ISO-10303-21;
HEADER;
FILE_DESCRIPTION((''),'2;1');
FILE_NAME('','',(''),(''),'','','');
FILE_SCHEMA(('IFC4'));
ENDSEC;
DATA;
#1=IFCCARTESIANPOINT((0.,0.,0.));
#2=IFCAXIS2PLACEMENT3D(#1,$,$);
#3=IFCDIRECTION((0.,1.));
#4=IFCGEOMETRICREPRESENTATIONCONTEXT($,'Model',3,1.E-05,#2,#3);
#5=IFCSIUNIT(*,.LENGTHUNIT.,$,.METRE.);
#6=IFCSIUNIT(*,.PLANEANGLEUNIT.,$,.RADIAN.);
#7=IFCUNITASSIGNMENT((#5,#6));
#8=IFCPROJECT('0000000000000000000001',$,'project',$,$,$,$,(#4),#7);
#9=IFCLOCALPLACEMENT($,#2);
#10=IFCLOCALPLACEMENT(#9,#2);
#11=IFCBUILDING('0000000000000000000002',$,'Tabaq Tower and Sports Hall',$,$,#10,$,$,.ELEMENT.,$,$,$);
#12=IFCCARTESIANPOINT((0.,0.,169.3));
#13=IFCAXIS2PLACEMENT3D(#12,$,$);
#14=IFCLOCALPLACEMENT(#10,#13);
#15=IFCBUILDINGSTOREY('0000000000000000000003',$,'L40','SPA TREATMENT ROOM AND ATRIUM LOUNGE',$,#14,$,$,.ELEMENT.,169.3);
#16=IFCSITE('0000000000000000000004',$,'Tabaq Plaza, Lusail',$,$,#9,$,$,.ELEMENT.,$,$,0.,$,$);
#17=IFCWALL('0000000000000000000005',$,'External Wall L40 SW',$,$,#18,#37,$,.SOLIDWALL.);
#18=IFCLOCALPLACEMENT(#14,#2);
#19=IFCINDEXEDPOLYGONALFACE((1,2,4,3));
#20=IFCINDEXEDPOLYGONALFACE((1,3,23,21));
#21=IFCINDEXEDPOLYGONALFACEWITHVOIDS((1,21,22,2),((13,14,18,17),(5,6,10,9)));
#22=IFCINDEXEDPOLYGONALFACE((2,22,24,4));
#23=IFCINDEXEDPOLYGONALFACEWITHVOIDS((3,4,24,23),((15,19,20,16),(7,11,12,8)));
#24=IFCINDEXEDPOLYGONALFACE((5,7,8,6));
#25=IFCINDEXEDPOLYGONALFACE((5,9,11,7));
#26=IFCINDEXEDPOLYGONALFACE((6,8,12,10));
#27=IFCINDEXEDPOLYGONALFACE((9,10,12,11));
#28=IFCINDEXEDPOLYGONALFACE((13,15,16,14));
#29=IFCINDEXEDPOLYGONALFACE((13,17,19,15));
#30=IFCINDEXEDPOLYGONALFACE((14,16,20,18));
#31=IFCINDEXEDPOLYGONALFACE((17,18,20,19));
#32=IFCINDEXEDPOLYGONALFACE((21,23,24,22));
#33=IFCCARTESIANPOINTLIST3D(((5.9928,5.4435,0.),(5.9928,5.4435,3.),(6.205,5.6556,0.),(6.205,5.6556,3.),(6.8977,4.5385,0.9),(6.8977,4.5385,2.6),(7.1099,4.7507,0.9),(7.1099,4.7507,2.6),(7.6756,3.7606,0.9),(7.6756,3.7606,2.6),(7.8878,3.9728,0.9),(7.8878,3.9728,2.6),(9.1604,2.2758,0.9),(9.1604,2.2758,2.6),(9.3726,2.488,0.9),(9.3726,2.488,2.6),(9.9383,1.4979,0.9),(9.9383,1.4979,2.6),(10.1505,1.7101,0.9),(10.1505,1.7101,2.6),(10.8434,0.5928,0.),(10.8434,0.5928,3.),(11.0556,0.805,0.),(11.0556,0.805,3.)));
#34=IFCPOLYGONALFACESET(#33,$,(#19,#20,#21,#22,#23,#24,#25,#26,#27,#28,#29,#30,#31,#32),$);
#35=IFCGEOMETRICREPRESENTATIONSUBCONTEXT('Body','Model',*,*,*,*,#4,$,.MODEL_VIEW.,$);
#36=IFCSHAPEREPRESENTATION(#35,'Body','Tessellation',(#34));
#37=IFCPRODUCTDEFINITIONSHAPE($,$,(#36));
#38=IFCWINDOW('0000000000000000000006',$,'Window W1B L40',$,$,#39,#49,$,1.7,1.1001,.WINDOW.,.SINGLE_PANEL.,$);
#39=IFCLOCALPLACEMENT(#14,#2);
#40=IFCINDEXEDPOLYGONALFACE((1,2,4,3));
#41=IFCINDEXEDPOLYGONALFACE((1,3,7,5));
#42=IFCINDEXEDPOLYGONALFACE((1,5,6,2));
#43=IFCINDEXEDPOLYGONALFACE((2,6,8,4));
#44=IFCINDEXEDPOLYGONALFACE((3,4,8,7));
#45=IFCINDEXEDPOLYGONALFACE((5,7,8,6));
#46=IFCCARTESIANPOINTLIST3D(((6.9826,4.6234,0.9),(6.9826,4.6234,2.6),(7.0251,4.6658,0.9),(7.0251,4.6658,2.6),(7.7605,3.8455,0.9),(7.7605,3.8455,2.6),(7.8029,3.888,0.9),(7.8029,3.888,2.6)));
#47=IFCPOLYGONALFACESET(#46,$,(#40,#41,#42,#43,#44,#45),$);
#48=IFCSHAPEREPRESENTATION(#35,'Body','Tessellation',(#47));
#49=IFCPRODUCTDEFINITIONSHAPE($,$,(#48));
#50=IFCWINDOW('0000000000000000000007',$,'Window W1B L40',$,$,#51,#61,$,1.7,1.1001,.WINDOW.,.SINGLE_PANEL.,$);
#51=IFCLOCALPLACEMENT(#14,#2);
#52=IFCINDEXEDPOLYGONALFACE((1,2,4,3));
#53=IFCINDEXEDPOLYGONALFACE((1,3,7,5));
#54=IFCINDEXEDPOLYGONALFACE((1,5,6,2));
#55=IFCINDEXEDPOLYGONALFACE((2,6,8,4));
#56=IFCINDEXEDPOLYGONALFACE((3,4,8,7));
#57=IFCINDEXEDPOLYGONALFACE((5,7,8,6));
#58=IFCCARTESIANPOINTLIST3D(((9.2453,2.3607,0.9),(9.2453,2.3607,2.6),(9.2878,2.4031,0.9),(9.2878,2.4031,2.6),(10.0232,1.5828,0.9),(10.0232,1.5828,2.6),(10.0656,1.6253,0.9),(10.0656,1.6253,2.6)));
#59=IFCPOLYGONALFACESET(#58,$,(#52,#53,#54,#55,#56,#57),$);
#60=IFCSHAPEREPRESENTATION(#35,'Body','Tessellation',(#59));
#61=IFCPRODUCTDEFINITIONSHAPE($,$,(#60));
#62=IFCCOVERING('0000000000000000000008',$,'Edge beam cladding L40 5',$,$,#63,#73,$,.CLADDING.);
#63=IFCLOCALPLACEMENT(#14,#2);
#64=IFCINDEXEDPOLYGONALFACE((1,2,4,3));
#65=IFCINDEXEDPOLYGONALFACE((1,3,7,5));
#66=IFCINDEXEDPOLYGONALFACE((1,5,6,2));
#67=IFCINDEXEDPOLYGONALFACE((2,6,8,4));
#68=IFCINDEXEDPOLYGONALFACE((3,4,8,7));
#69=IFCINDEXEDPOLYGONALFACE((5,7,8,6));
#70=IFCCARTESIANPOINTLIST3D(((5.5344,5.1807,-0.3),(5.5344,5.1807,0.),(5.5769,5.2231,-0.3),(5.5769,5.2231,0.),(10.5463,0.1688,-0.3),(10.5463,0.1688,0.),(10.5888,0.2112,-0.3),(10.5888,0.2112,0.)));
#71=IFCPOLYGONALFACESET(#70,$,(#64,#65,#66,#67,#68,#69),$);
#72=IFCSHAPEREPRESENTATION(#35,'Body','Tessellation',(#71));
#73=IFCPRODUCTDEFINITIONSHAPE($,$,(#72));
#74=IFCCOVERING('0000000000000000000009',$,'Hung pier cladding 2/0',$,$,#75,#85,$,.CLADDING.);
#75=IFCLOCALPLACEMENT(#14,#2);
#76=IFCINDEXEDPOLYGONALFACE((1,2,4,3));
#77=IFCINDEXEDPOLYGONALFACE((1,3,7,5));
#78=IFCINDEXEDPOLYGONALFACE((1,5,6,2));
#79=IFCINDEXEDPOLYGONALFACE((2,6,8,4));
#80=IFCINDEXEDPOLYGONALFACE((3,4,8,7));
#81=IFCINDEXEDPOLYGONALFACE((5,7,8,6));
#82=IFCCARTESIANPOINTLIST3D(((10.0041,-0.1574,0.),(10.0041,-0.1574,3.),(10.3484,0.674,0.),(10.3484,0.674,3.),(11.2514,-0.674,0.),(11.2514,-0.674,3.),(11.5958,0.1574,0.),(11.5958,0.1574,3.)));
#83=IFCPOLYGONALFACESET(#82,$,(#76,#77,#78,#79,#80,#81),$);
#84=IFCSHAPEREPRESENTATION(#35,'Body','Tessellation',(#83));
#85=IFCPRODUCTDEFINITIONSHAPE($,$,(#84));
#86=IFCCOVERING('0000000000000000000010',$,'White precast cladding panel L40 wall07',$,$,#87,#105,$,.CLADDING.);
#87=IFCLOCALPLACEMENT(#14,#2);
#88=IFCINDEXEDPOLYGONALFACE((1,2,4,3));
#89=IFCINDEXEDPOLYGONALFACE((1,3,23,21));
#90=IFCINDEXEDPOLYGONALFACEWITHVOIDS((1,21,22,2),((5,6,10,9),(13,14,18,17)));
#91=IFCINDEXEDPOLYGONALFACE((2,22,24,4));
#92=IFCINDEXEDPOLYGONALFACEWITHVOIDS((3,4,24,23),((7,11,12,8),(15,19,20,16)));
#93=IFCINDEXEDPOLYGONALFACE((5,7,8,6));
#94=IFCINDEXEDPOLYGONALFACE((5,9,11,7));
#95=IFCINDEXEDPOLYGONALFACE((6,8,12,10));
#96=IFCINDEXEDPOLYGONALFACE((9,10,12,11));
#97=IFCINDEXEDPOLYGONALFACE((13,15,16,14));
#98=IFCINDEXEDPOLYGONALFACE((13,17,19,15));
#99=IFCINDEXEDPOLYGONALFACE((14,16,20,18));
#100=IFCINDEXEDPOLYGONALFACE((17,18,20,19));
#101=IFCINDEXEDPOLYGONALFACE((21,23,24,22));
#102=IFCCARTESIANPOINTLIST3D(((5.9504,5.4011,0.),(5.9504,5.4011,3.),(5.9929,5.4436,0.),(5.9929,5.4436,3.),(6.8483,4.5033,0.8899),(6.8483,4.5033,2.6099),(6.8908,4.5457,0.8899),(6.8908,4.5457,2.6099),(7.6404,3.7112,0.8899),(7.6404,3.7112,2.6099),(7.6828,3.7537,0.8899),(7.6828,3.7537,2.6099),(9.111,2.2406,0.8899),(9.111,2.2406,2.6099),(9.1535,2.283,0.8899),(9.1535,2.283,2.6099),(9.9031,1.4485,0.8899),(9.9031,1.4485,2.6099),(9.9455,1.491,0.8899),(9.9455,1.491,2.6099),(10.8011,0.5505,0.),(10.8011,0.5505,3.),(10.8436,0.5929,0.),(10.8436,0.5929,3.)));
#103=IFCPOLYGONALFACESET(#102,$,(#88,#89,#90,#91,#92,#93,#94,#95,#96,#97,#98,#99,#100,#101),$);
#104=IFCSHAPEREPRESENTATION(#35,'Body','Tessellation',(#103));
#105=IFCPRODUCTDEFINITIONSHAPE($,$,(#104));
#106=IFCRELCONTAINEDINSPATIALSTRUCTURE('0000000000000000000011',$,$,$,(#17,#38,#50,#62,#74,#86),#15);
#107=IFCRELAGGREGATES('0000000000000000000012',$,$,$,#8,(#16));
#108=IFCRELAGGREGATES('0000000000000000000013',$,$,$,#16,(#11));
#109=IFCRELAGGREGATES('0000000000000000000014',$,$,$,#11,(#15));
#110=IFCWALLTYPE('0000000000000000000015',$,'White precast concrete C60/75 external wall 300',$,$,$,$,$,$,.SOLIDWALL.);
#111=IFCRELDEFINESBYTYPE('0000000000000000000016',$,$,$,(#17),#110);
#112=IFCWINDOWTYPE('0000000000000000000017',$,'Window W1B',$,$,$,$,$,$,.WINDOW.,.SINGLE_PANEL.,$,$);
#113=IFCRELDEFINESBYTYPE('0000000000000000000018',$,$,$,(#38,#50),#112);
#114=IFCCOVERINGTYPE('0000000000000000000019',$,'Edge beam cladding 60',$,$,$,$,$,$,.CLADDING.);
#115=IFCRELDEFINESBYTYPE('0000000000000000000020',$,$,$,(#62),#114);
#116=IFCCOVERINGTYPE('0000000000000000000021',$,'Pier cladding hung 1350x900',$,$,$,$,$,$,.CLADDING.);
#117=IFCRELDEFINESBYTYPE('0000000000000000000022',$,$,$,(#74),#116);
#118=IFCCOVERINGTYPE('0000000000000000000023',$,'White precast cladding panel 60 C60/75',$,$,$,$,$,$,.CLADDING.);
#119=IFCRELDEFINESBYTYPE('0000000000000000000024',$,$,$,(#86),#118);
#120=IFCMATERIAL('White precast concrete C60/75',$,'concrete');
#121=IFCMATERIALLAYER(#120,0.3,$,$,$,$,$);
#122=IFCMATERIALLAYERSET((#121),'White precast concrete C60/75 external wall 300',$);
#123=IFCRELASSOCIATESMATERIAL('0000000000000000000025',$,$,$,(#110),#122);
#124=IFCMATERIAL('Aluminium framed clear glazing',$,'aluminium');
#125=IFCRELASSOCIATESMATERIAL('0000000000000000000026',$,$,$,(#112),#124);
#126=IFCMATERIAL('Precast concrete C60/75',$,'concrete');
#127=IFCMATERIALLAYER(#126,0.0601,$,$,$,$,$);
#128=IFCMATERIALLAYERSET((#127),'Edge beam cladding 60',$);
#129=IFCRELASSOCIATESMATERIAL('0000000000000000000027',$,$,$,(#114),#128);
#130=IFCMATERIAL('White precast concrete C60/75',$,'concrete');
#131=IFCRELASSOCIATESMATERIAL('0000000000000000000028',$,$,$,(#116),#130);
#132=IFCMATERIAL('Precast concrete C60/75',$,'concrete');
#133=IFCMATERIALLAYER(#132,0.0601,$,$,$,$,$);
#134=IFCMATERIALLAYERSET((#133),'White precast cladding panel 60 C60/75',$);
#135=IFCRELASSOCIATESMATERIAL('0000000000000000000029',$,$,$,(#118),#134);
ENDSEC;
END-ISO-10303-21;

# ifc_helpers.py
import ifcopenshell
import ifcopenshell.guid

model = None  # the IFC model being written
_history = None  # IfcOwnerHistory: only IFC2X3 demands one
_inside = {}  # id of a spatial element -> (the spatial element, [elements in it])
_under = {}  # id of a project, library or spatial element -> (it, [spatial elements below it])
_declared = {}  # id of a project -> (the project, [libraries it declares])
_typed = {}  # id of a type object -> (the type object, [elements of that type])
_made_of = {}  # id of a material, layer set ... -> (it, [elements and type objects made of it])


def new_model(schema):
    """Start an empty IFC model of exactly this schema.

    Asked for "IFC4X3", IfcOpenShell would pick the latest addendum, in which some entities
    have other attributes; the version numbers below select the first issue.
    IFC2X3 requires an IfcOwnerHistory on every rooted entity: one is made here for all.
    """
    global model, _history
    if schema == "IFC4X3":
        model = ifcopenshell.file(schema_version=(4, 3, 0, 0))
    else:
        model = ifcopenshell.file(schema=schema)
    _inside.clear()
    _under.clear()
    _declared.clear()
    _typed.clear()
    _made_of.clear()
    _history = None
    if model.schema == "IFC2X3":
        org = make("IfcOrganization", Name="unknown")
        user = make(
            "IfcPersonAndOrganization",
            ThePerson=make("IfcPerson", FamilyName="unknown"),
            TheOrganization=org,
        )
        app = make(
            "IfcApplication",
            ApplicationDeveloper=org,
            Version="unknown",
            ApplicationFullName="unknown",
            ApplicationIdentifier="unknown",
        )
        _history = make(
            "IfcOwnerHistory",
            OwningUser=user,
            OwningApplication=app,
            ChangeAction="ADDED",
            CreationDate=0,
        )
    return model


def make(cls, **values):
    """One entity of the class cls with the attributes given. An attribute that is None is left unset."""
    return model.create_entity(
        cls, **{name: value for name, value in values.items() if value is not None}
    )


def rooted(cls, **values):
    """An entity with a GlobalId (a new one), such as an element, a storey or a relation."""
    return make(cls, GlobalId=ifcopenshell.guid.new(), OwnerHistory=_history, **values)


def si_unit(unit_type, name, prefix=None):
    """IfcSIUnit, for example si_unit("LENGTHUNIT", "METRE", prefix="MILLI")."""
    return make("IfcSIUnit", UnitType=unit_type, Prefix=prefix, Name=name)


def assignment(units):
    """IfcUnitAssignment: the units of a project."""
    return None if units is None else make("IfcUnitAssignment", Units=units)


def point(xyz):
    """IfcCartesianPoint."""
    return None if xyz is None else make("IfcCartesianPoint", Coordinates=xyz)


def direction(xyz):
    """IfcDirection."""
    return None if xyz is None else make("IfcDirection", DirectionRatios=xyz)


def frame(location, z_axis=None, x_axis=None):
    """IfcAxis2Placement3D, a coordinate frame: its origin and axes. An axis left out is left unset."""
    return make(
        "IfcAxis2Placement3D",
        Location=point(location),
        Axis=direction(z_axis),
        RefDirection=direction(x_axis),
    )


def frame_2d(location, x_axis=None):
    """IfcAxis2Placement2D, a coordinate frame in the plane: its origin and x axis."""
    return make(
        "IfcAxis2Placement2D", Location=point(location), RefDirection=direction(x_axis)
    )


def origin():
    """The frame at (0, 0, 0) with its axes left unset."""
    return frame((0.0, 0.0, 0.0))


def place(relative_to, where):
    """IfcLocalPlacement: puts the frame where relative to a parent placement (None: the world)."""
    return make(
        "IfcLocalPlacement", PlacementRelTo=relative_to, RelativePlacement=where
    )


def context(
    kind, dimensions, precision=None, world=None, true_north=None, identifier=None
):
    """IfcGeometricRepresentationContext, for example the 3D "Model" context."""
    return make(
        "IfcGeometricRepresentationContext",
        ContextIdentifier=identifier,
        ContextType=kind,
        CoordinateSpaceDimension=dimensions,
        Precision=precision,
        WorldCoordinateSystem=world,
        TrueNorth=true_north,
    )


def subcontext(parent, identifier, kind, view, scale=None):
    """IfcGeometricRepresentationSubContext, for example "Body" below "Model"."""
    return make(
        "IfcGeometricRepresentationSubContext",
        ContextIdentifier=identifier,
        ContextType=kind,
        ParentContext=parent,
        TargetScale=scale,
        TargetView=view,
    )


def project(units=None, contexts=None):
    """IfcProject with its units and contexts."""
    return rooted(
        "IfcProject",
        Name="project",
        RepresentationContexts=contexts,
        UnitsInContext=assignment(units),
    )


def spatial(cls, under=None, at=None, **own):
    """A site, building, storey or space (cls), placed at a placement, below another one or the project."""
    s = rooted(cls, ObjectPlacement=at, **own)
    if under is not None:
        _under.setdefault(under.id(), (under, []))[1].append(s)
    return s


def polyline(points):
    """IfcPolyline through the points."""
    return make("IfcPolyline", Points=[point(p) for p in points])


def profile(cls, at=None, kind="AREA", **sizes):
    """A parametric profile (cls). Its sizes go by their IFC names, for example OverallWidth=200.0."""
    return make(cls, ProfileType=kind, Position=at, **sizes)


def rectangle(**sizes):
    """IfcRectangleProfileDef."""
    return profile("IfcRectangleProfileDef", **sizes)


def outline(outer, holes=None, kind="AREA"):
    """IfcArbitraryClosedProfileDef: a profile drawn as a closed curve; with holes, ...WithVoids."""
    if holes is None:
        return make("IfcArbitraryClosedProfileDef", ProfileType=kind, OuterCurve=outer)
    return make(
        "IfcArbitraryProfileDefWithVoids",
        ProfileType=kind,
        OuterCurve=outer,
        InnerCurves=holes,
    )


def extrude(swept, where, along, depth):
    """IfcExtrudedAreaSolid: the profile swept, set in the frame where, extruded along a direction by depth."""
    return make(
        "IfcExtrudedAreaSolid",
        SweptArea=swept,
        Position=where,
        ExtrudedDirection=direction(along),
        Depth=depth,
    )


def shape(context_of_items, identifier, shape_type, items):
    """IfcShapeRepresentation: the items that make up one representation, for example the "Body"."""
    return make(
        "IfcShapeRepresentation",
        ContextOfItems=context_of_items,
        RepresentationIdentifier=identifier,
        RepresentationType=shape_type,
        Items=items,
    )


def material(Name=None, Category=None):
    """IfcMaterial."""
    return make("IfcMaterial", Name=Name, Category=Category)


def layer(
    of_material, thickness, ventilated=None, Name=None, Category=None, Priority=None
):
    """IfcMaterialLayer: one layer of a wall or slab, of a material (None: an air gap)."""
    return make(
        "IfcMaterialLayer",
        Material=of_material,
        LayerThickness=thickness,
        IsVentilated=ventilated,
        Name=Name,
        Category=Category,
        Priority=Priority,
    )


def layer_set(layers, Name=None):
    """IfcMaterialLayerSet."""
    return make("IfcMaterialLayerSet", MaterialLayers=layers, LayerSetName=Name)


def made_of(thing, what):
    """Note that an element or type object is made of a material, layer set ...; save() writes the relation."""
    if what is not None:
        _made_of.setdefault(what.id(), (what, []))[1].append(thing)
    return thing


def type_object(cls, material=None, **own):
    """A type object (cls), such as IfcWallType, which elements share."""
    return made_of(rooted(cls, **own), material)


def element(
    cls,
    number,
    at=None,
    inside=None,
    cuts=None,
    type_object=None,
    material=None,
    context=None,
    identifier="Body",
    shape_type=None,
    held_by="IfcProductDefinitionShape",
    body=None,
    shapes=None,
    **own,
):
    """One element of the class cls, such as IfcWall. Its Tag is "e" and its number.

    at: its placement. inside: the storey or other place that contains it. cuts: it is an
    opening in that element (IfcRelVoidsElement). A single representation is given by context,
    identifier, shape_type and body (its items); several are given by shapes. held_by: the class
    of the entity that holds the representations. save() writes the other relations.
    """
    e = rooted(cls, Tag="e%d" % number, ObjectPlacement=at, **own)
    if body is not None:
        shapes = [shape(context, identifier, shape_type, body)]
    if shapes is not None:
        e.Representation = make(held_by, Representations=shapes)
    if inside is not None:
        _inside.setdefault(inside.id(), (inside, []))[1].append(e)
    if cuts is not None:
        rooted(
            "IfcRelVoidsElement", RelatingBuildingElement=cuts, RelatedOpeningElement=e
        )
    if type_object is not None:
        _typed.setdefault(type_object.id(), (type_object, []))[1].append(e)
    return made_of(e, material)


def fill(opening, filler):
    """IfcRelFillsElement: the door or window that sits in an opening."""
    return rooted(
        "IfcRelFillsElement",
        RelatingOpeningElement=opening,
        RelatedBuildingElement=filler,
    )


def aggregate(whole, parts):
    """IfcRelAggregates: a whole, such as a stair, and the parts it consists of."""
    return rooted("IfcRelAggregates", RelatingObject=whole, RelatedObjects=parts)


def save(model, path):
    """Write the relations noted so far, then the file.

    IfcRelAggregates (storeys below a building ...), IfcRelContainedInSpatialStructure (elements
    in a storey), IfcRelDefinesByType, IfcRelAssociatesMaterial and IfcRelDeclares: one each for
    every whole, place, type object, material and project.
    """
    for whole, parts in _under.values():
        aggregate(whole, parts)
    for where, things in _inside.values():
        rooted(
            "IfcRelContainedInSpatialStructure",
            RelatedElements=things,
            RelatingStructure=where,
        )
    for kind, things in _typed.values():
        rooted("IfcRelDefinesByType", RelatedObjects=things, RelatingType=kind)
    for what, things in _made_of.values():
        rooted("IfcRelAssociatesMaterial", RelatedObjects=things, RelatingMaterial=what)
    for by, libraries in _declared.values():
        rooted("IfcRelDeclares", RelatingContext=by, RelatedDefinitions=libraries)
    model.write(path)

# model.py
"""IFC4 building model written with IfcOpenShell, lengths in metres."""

from ifc_helpers import new_model, si_unit, direction, frame, frame_2d, origin, place, context, subcontext, project, spatial, polyline, rectangle, outline, extrude, material, layer, layer_set, type_object, element, fill, save


model = new_model("IFC4")

# Units and contexts
model_context = context("Model", 3, precision=1e-05, world=origin(), true_north=direction((0.0, 1.0)))
body_context = subcontext(model_context, "Body", "Model", "MODEL_VIEW")
ifc_project = project(units=[si_unit("LENGTHUNIT", "METRE"), si_unit("PLANEANGLEUNIT", "RADIAN")], contexts=[model_context])

# Site, building, storey
site_placement = place(None, origin())
site = spatial("IfcSite", under=ifc_project, at=site_placement, Name="Tabaq Plaza, Lusail", CompositionType="ELEMENT", RefElevation=0.0)
building_placement = place(site_placement, origin())
building = spatial("IfcBuilding", under=site, at=building_placement, Name="Tabaq Tower and Sports Hall", CompositionType="ELEMENT")
storey_placement = place(building_placement, frame((0.0, 0.0, 169.3)))
storey = spatial("IfcBuildingStorey", under=building, at=storey_placement, Name="L40", Description="SPA TREATMENT ROOM AND ATRIUM LOUNGE", CompositionType="ELEMENT", Elevation=169.3)

# Wall, openings, windows
ifc_material_1 = material(Name="White precast concrete C60/75", Category="concrete")
ifc_layer_1 = layer(ifc_material_1, 0.3)
ifc_layer_set_1 = layer_set([ifc_layer_1], Name="White precast concrete C60/75 external wall 300")
wall_type_1 = type_object("IfcWallType", Name="White precast concrete C60/75 external wall 300", PredefinedType="SOLIDWALL", material=ifc_layer_set_1)
ifc_material_2 = material(Name="Aluminium framed clear glazing", Category="aluminium")
window_type_1 = type_object("IfcWindowType", Name="Window W1B", PartitioningType="SINGLE_PANEL", PredefinedType="WINDOW", material=ifc_material_2)
wall_1_placement = place(storey_placement, frame((6.0989, 5.5496, 0.0), z_axis=(0.0, 0.0, 1.0), x_axis=(0.707107, -0.707107, 0.0)))
wall_1 = element("IfcWall", 1, at=wall_1_placement, inside=storey, type_object=wall_type_1, Name="External Wall L40 SW", PredefinedType="SOLIDWALL", context=body_context, shape_type="SweptSolid", body=[
    extrude(rectangle(XDim=6.8599, YDim=0.3, at=frame_2d((3.4299, 0.0))), origin(), (0.0, 0.0, 1.0), 3.0),
])
opening_1_placement = place(wall_1_placement, frame((1.2798, 0.0, 0.8999)))
opening_1 = element("IfcOpeningElement", 2, at=opening_1_placement, cuts=wall_1, PredefinedType="OPENING", context=body_context, shape_type="SweptSolid", body=[
    extrude(rectangle(XDim=1.1001, YDim=1.7, at=frame_2d((0.55, 0.8501))), frame((0.0, 0.1602, 0.0), z_axis=(0.0, -1.0, 0.0), x_axis=(1.0, 0.0, 0.0)), (0.0, 0.0, 1.0), 0.3201),
])
opening_2_placement = place(wall_1_placement, frame((4.4797, 0.0, 0.8999)))
opening_2 = element("IfcOpeningElement", 3, at=opening_2_placement, cuts=wall_1, PredefinedType="OPENING", context=body_context, shape_type="SweptSolid", body=[
    extrude(rectangle(XDim=1.1001, YDim=1.7, at=frame_2d((0.55, 0.8501))), frame((0.0, 0.1602, 0.0), z_axis=(0.0, -1.0, 0.0), x_axis=(1.0, 0.0, 0.0)), (0.0, 0.0, 1.0), 0.3201),
])
window_1_placement = place(opening_1_placement, origin())
window_1 = element("IfcWindow", 4, at=window_1_placement, inside=storey, type_object=window_type_1, Name="Window W1B L40", OverallHeight=1.7, OverallWidth=1.1001, PartitioningType="SINGLE_PANEL", PredefinedType="WINDOW", context=body_context, shape_type="SweptSolid", body=[
    extrude(rectangle(XDim=1.1001, YDim=1.7, at=frame_2d((0.55, 0.8501))), frame((0.0, 0.03, 0.0), z_axis=(0.0, -1.0, 0.0), x_axis=(1.0, 0.0, 0.0)), (0.0, 0.0, 1.0), 0.0601),
])
fill(opening_1, window_1)
window_2_placement = place(opening_2_placement, origin())
window_2 = element("IfcWindow", 5, at=window_2_placement, inside=storey, type_object=window_type_1, Name="Window W1B L40", OverallHeight=1.7, OverallWidth=1.1001, PartitioningType="SINGLE_PANEL", PredefinedType="WINDOW", context=body_context, shape_type="SweptSolid", body=[
    extrude(rectangle(XDim=1.1001, YDim=1.7, at=frame_2d((0.55, 0.8501))), frame((0.0, 0.03, 0.0), z_axis=(0.0, -1.0, 0.0), x_axis=(1.0, 0.0, 0.0)), (0.0, 0.0, 1.0), 0.0601),
])
fill(opening_2, window_2)

# Coverings
ifc_material_3 = material(Name="Precast concrete C60/75", Category="concrete")
ifc_layer_2 = layer(ifc_material_3, 0.0601)
ifc_layer_set_2 = layer_set([ifc_layer_2], Name="Edge beam cladding 60")
covering_type_1 = type_object("IfcCoveringType", Name="Edge beam cladding 60", PredefinedType="CLADDING", material=ifc_layer_set_2)
covering_1_placement = place(storey_placement, frame((5.5557, 5.2019, -0.3), z_axis=(0.0, 0.0, 1.0), x_axis=(0.707107, -0.707107, 0.0)))
element("IfcCovering", 6, at=covering_1_placement, inside=storey, type_object=covering_type_1, Name="Edge beam cladding L40 5", PredefinedType="CLADDING", context=body_context, shape_type="SweptSolid", body=[
    extrude(rectangle(XDim=7.0879, YDim=0.0601, at=frame_2d((3.5439, 0.0))), origin(), (0.0, 0.0, 1.0), 0.3),
])
ifc_material_4 = material(Name="White precast concrete C60/75", Category="concrete")
covering_type_2 = type_object("IfcCoveringType", Name="Pier cladding hung 1350x900", PredefinedType="CLADDING", material=ifc_material_4)
covering_2_placement = place(storey_placement, frame((10.1763, 0.2583, 0.0), z_axis=(0.0, 0.0, 1.0), x_axis=(0.923893, -0.38265, 0.0)))
element("IfcCovering", 7, at=covering_2_placement, inside=storey, type_object=covering_type_2, Name="Hung pier cladding 2/0", PredefinedType="CLADDING", context=body_context, shape_type="SweptSolid", body=[
    extrude(rectangle(XDim=1.3501, YDim=0.8999, at=frame_2d((0.675, 0.0))), origin(), (0.0, 0.0, 1.0), 3.0),
])
ifc_material_5 = material(Name="Precast concrete C60/75", Category="concrete")
ifc_layer_3 = layer(ifc_material_5, 0.0601)
ifc_layer_set_3 = layer_set([ifc_layer_3], Name="White precast cladding panel 60 C60/75")
covering_type_3 = type_object("IfcCoveringType", Name="White precast cladding panel 60 C60/75", PredefinedType="CLADDING", material=ifc_layer_set_3)
covering_3_placement = place(storey_placement, frame((5.9717, 5.4224, 0.0), z_axis=(0.0, 0.0, 1.0), x_axis=(0.707107, -0.707107, 0.0)))
element("IfcCovering", 8, at=covering_3_placement, inside=storey, type_object=covering_type_3, Name="White precast cladding panel L40 wall07", PredefinedType="CLADDING", context=body_context, shape_type="SweptSolid", body=[
    extrude(outline(polyline([(0.0, 0.0), (6.8599, 0.0), (6.8599, 3.0), (0.0, 3.0), (0.0, 0.0)]), holes=[polyline([(1.2698, 2.6099), (2.3899, 2.6099), (2.3899, 0.8899), (1.2698, 0.8899), (1.2698, 2.6099)]), polyline([(4.4697, 2.6099), (5.5898, 2.6099), (5.5898, 0.8899), (4.4697, 0.8899), (4.4697, 2.6099)])]), frame((0.0, 0.03, 0.0), z_axis=(0.0, -1.0, 0.0), x_axis=(1.0, 0.0, 0.0)), (0.0, 0.0, 1.0), 0.0601),
])

save(model, "model.ifc")
